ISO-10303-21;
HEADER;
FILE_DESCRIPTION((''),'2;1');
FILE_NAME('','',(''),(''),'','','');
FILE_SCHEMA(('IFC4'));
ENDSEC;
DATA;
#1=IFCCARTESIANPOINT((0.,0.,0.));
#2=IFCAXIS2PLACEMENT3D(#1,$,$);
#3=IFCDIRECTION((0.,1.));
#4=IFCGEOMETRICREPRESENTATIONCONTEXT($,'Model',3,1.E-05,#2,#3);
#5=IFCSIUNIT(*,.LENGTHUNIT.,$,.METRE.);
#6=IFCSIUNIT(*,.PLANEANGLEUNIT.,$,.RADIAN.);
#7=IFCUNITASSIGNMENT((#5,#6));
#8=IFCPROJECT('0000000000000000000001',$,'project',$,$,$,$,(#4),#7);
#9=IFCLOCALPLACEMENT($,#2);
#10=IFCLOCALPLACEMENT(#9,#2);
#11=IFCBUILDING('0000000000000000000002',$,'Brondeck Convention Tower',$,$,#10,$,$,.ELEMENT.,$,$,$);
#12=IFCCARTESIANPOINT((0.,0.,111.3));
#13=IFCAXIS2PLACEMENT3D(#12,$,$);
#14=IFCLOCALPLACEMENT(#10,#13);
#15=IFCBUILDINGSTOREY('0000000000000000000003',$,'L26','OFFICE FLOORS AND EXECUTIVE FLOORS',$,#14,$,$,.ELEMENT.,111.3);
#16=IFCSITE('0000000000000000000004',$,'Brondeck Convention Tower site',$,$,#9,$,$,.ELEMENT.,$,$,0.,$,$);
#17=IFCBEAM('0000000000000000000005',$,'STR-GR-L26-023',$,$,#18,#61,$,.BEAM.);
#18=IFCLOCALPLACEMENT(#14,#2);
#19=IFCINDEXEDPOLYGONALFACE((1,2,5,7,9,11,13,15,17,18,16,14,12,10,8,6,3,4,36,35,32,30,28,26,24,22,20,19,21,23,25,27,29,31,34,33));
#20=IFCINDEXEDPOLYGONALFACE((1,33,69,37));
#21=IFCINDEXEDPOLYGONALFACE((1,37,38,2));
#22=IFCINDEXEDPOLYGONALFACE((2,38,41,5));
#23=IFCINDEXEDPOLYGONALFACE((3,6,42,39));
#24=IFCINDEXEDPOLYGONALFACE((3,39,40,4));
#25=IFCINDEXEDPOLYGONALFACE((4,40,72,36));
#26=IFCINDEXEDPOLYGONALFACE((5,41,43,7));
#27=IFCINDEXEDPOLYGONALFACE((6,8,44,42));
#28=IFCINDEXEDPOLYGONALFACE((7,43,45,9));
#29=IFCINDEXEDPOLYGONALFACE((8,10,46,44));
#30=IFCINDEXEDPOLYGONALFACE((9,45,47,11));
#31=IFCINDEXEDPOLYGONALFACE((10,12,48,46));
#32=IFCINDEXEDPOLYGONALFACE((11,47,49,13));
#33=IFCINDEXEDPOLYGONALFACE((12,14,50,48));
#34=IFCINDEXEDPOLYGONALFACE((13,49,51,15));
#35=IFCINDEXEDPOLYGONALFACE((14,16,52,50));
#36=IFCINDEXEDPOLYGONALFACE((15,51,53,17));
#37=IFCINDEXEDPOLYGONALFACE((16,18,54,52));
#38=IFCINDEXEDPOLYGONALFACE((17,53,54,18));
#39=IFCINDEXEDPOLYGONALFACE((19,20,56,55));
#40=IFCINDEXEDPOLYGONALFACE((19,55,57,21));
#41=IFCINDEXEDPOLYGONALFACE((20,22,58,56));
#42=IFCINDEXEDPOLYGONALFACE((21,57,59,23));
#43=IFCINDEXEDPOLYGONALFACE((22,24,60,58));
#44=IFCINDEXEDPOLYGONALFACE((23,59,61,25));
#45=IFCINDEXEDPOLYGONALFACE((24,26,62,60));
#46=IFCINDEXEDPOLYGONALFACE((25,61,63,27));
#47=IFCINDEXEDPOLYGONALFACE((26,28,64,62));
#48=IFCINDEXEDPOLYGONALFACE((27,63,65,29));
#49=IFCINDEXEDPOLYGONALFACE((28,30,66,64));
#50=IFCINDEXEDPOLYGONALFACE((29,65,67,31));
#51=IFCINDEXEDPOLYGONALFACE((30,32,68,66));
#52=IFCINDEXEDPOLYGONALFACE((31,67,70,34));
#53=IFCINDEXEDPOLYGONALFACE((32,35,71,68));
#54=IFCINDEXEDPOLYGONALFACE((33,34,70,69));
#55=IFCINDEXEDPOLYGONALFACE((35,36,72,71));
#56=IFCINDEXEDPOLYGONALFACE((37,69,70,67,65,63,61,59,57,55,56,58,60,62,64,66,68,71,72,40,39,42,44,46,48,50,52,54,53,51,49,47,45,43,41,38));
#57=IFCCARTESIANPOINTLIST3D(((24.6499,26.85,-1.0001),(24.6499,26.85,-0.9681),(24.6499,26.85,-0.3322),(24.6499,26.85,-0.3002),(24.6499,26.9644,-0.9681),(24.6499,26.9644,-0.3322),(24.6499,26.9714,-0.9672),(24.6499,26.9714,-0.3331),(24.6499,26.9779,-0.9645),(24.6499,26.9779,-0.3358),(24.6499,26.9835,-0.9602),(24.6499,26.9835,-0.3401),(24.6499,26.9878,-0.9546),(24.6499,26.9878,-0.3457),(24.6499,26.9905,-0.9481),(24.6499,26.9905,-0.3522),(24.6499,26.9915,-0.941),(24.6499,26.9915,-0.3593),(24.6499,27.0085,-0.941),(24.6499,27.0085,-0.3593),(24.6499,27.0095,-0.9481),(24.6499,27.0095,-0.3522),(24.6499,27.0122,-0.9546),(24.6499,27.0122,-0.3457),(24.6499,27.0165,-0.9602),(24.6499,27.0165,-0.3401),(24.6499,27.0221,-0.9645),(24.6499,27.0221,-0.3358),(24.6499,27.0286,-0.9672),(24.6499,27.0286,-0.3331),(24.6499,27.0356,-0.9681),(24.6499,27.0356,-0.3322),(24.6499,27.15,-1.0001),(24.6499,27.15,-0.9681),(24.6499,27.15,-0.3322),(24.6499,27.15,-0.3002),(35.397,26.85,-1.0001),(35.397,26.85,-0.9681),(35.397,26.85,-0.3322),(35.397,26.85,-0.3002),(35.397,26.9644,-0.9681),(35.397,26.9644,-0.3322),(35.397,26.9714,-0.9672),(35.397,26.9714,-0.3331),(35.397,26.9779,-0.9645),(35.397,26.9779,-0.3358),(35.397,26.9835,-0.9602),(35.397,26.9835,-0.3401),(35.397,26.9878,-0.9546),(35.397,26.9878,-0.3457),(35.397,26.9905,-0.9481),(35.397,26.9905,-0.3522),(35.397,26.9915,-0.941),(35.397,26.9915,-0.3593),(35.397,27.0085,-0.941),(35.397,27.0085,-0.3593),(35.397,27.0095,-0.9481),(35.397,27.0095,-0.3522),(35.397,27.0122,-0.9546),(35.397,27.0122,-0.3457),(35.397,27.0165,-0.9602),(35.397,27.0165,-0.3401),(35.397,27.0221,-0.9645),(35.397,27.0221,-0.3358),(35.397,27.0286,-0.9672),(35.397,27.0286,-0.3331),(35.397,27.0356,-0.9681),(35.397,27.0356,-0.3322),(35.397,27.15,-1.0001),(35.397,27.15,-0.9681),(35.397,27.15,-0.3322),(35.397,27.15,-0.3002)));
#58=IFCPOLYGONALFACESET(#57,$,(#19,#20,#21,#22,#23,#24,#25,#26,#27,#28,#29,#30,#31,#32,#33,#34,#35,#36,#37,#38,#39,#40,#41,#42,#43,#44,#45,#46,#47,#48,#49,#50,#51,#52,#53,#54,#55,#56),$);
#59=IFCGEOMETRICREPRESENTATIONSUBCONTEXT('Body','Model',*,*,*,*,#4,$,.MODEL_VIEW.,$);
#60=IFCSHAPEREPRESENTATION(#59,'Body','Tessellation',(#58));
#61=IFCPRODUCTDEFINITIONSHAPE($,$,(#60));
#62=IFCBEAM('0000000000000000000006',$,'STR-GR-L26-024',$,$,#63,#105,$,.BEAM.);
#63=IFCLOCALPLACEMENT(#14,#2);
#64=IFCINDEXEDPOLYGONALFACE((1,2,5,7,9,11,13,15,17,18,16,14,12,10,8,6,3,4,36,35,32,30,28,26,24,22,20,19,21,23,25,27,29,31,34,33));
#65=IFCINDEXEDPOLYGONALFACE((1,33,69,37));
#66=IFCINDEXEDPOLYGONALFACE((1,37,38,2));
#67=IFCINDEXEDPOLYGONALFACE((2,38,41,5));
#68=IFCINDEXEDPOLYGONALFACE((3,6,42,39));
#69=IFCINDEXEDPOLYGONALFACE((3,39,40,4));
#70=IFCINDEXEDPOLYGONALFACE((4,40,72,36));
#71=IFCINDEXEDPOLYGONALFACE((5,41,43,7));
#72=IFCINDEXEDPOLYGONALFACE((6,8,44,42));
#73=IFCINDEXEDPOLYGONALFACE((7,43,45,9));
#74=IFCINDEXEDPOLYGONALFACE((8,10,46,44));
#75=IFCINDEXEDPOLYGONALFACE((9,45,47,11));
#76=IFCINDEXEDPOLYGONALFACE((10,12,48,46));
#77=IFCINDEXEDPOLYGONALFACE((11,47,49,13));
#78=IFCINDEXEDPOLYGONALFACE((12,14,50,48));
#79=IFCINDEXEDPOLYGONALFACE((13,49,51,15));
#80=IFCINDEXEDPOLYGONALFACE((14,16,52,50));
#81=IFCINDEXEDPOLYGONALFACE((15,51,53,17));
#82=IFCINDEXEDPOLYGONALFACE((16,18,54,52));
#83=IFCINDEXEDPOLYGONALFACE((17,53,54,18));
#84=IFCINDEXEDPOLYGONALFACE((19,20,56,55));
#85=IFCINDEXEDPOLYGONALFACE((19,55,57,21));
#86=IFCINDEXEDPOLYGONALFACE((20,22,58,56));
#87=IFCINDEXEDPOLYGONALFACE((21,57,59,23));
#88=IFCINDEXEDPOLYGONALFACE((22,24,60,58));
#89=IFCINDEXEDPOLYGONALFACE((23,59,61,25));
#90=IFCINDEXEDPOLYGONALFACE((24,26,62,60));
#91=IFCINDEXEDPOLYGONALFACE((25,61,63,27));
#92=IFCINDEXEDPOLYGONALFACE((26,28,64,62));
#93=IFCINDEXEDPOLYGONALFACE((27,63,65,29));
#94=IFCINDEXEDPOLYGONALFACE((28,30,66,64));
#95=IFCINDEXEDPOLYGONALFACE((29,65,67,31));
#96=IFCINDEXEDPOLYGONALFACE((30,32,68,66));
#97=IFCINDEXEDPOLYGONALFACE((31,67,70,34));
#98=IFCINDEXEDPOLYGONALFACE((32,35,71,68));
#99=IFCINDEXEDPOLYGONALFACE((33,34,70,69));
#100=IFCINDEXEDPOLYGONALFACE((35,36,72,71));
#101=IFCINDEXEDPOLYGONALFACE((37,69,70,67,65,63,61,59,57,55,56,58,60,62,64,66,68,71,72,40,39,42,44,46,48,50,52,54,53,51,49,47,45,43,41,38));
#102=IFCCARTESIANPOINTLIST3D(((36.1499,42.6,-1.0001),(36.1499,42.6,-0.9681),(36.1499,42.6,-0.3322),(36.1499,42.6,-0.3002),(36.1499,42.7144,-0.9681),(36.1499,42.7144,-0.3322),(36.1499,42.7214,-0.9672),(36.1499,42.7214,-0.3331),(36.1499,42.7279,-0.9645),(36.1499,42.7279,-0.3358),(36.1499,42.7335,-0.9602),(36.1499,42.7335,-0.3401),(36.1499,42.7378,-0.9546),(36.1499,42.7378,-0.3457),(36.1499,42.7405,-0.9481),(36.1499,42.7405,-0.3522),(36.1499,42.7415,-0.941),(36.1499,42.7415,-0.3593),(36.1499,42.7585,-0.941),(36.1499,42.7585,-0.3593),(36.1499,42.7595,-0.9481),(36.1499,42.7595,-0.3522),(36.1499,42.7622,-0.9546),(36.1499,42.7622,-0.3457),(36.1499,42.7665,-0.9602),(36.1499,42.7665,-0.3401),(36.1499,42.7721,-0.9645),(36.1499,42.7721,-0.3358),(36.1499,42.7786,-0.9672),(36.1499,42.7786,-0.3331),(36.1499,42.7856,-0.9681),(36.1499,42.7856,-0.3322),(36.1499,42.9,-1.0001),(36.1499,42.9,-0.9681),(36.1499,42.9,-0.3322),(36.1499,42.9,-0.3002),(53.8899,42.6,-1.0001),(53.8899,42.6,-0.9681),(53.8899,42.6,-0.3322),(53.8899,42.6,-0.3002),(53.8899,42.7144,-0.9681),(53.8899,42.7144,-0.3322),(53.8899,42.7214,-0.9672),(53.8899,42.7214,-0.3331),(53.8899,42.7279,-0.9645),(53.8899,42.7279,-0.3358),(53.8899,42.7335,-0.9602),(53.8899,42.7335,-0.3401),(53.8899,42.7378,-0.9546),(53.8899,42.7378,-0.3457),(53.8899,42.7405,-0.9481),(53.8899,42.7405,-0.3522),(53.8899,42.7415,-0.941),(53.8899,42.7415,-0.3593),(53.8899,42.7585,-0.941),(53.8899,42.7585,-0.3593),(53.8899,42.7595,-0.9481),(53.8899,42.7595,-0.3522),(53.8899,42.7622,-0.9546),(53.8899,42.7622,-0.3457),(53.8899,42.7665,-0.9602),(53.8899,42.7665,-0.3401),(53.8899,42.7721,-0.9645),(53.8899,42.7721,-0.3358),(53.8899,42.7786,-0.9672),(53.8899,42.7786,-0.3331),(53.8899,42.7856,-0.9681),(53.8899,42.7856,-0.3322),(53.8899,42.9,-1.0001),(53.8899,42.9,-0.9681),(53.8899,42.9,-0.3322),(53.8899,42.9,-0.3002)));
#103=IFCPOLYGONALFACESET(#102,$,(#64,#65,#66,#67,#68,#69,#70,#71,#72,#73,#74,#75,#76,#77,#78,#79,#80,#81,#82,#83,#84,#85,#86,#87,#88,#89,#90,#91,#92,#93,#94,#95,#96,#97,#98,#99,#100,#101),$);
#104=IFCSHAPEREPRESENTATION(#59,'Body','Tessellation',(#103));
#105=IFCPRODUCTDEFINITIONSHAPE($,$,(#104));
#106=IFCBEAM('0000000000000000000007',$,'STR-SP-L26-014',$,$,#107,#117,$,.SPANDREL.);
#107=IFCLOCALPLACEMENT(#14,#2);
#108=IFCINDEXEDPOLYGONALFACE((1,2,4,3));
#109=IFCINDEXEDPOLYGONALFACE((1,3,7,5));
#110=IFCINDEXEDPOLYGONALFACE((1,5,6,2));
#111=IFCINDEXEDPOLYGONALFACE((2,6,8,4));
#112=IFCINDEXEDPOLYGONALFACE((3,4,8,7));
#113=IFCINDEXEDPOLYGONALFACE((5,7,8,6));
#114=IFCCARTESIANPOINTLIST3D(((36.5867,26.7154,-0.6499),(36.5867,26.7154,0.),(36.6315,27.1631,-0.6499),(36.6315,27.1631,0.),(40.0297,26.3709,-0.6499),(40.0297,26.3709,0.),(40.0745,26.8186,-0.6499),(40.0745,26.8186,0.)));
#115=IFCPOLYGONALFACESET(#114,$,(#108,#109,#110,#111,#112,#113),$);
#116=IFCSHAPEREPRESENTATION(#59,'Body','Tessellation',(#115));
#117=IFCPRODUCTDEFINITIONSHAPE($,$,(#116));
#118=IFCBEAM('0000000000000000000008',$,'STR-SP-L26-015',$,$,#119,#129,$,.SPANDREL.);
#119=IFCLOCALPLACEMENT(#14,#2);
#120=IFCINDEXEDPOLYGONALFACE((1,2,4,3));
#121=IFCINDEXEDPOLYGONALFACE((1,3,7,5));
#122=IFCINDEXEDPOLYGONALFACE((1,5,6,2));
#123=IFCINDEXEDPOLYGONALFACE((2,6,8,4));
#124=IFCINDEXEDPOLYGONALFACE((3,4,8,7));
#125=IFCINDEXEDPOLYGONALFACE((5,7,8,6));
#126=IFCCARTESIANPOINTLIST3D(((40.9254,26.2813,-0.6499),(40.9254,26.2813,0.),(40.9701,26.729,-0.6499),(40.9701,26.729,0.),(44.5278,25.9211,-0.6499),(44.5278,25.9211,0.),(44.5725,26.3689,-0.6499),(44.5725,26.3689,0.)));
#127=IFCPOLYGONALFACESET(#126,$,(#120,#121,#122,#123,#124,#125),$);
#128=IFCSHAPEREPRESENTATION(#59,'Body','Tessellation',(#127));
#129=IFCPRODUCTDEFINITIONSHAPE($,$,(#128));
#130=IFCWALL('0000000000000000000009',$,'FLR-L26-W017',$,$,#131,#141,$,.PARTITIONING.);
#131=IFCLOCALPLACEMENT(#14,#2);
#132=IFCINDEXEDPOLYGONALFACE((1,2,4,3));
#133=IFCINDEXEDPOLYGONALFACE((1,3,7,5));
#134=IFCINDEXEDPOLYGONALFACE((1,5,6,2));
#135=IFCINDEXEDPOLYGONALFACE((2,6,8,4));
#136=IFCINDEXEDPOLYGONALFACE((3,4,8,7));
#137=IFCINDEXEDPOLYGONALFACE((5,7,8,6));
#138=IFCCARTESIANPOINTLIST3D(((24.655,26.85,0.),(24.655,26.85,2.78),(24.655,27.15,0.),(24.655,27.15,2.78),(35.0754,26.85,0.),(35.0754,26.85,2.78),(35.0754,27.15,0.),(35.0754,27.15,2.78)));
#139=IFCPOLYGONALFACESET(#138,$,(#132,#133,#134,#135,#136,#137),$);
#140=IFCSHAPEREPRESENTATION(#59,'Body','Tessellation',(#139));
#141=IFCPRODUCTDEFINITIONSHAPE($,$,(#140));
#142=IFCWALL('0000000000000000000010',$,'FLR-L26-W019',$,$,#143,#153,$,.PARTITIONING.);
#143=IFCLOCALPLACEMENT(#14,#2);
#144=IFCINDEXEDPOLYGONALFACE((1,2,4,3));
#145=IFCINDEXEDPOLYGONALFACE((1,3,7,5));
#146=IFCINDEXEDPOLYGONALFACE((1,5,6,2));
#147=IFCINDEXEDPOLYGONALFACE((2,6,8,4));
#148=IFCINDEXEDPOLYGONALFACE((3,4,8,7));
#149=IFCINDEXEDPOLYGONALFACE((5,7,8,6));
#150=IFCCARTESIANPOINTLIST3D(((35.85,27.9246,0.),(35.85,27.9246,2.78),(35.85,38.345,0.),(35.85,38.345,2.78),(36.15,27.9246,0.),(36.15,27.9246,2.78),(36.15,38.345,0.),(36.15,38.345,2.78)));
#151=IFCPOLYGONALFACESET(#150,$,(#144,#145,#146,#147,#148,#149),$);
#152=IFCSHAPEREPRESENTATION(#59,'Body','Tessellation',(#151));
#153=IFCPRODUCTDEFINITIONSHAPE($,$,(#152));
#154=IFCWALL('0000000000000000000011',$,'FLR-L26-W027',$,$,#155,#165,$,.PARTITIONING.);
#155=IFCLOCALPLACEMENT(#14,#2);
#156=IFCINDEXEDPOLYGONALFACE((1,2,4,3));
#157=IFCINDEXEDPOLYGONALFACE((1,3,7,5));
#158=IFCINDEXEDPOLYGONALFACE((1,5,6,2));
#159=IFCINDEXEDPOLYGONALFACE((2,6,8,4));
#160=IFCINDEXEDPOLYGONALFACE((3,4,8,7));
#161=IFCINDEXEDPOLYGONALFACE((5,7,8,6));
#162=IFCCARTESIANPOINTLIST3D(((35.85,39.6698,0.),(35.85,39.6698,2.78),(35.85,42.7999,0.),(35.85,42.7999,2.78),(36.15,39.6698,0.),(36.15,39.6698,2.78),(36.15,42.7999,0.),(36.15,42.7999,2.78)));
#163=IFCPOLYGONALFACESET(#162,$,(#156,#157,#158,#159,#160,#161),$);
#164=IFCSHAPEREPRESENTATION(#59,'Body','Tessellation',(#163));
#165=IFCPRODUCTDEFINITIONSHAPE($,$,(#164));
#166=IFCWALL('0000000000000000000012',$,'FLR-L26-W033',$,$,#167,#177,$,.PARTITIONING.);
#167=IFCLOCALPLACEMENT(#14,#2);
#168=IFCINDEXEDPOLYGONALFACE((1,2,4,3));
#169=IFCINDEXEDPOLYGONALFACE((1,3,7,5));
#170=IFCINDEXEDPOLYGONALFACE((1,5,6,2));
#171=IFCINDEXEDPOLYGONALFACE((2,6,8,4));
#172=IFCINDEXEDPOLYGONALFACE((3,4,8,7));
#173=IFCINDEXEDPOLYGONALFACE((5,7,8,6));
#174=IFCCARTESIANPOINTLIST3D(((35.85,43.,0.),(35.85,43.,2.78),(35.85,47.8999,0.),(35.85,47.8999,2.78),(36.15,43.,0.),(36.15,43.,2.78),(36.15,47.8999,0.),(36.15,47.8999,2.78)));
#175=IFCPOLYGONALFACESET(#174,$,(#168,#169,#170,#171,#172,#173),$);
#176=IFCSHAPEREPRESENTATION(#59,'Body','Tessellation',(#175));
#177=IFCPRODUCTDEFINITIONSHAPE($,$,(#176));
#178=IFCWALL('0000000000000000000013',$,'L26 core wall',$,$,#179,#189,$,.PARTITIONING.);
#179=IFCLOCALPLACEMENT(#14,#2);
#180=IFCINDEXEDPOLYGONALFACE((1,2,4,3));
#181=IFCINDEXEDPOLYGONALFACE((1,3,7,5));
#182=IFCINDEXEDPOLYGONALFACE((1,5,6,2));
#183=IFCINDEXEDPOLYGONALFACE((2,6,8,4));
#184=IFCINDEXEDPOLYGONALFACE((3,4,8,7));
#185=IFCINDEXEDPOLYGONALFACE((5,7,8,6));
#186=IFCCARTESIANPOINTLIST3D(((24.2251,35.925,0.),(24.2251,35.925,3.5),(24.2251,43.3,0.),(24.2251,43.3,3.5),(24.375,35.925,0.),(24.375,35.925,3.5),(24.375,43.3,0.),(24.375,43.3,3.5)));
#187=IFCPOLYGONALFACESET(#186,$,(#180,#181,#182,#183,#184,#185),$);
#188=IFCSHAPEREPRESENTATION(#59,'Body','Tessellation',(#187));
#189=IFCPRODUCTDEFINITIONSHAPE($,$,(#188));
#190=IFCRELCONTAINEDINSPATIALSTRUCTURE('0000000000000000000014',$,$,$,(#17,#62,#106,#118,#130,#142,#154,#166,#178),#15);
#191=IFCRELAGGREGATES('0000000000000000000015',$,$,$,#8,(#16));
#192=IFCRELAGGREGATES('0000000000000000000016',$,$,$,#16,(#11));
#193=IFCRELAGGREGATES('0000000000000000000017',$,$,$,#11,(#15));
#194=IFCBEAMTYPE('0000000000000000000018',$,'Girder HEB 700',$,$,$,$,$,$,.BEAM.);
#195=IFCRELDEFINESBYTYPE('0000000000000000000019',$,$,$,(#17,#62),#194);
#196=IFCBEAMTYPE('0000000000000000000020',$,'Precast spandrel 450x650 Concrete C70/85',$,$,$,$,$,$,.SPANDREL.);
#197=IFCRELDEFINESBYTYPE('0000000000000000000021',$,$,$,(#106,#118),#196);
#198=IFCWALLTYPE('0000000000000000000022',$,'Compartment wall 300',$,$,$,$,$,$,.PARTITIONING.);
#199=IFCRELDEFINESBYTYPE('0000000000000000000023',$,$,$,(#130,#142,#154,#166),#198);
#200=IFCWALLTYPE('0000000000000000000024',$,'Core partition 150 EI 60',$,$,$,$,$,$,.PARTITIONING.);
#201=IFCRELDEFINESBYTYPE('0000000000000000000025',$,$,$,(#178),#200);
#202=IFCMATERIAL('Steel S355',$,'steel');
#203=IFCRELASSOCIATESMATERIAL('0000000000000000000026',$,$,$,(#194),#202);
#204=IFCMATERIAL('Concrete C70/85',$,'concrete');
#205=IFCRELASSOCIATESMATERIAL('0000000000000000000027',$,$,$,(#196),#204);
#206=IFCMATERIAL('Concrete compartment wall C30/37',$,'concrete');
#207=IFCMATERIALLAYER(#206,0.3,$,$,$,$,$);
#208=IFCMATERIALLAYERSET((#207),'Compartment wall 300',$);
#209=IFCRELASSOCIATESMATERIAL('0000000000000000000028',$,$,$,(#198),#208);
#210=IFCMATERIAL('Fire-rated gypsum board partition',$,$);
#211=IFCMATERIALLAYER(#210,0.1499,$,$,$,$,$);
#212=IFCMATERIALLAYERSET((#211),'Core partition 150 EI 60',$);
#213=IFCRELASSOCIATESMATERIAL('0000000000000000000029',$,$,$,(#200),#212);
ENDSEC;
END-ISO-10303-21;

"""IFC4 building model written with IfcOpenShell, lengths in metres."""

from ifc_helpers import new_model, si_unit, direction, frame, frame_2d, origin, origin_2d, place, context, subcontext, project, spatial, rectangle, i_section, extrude, material, layer, layer_set, material_profile, profile_set, type_object, element, save


model = new_model("IFC4")

# Units and contexts
model_context = context("Model", 3, precision=1e-05, world=origin(), true_north=direction((0.0, 1.0)))
body_context = subcontext(model_context, "Body", "Model", "MODEL_VIEW")
ifc_project = project(units=[si_unit("LENGTHUNIT", "METRE"), si_unit("PLANEANGLEUNIT", "RADIAN")], contexts=[model_context])

# Site, building, storey
site_placement = place(None, origin())
site = spatial("IfcSite", under=ifc_project, at=site_placement, Name="Brondeck Convention Tower site", CompositionType="ELEMENT", RefElevation=0.0)
building_placement = place(site_placement, origin())
building = spatial("IfcBuilding", under=site, at=building_placement, Name="Brondeck Convention Tower", CompositionType="ELEMENT")
storey_placement = place(building_placement, frame((0.0, 0.0, 111.3)))
storey = spatial("IfcBuildingStorey", under=building, at=storey_placement, Name="L26", Description="OFFICE FLOORS AND EXECUTIVE FLOORS", CompositionType="ELEMENT", Elevation=111.3)

# Shared definitions
ifc_material_1 = material(Name="Concrete C70/85", Category="concrete")

# Beams
ifc_material_2 = material(Name="Steel S355", Category="steel")
ifc_material_profile_1 = material_profile(ifc_material_2, i_section(OverallWidth=0.3, OverallDepth=0.7, WebThickness=0.0171, FlangeThickness=0.032, FilletRadius=0.0271, at=origin_2d()), Name="HEB 700")
ifc_profile_set_1 = profile_set([ifc_material_profile_1], Name="Steel S355")
beam_type_1 = type_object("IfcBeamType", Name="Girder HEB 700", PredefinedType="BEAM", material=ifc_profile_set_1)
beam_1_placement = place(storey_placement, frame((24.6499, 27.0, -0.6501), z_axis=(1.0, 0.0, 0.0), x_axis=(0.0, 1.0, 0.0)))
element("IfcBeam", 1, at=beam_1_placement, inside=storey, type_object=beam_type_1, Name="STR-GR-L26-023", PredefinedType="BEAM", context=body_context, shape_type="SweptSolid", body=[
    extrude(i_section(OverallWidth=0.3, OverallDepth=0.7, WebThickness=0.0171, FlangeThickness=0.032, FilletRadius=0.0271, at=origin_2d()), origin(), (0.0, 0.0, 1.0), 10.7471),
])
beam_2_placement = place(storey_placement, frame((36.1499, 42.75, -0.6501), z_axis=(1.0, 0.0, 0.0), x_axis=(0.0, 1.0, 0.0)))
element("IfcBeam", 2, at=beam_2_placement, inside=storey, type_object=beam_type_1, Name="STR-GR-L26-024", PredefinedType="BEAM", context=body_context, shape_type="SweptSolid", body=[
    extrude(i_section(OverallWidth=0.3, OverallDepth=0.7, WebThickness=0.0171, FlangeThickness=0.032, FilletRadius=0.0271, at=origin_2d()), origin(), (0.0, 0.0, 1.0), 17.74),
])
ifc_material_profile_2 = material_profile(ifc_material_1, rectangle(XDim=0.45, YDim=0.6499, at=origin_2d()), Name="Precast spandrel 450x650 Concrete C70/85")
ifc_profile_set_2 = profile_set([ifc_material_profile_2], Name="Concrete C70/85")
beam_type_2 = type_object("IfcBeamType", Name="Precast spandrel 450x650 Concrete C70/85", PredefinedType="SPANDREL", material=ifc_profile_set_2)
beam_3_placement = place(storey_placement, frame((36.6091, 26.9392, -0.325), z_axis=(0.995032, -0.099553, 0.0), x_axis=(0.099553, 0.995032, 0.0)))
element("IfcBeam", 3, at=beam_3_placement, inside=storey, type_object=beam_type_2, Name="STR-SP-L26-014", PredefinedType="SPANDREL", context=body_context, shape_type="SweptSolid", body=[
    extrude(rectangle(XDim=0.45, YDim=0.6499, at=origin_2d()), origin(), (0.0, 0.0, 1.0), 3.4602),
])
beam_4_placement = place(storey_placement, frame((40.9478, 26.5051, -0.325), z_axis=(0.995041, -0.09947, 0.0), x_axis=(0.09947, 0.995041, 0.0)))
element("IfcBeam", 4, at=beam_4_placement, inside=storey, type_object=beam_type_2, Name="STR-SP-L26-015", PredefinedType="SPANDREL", context=body_context, shape_type="SweptSolid", body=[
    extrude(rectangle(XDim=0.45, YDim=0.6499, at=origin_2d()), origin(), (0.0, 0.0, 1.0), 3.6204),
])

# Walls
ifc_material_3 = material(Name="Concrete compartment wall C30/37", Category="concrete")
ifc_layer_1 = layer(ifc_material_3, 0.3)
ifc_layer_set_1 = layer_set([ifc_layer_1], Name="Compartment wall 300")
wall_type_1 = type_object("IfcWallType", Name="Compartment wall 300", PredefinedType="PARTITIONING", material=ifc_layer_set_1)
for number, where, z_axis, x_axis, name in (
    (5, (24.655, 27.0, 0.0), (0.0, 0.0, 1.0), (1.0, 0.0, 0.0), "FLR-L26-W017"),
    (6, (36.0, 27.9246, 0.0), (0.0, 0.0, 1.0), (0.0, 1.0, 0.0), "FLR-L26-W019"),
):
    element("IfcWall", number, at=place(storey_placement, frame(where, z_axis=z_axis, x_axis=x_axis)), inside=storey, type_object=wall_type_1, Name=name, PredefinedType="PARTITIONING", context=body_context, shape_type="SweptSolid", body=[
        extrude(rectangle(XDim=10.4204, YDim=0.3, at=frame_2d((5.2102, 0.0))), origin(), (0.0, 0.0, 1.0), 2.78),
    ])
wall_1_placement = place(storey_placement, frame((36.0, 39.6699, 0.0), z_axis=(0.0, 0.0, 1.0), x_axis=(0.0, 1.0, 0.0)))
element("IfcWall", 7, at=wall_1_placement, inside=storey, type_object=wall_type_1, Name="FLR-L26-W027", PredefinedType="PARTITIONING", context=body_context, shape_type="SweptSolid", body=[
    extrude(rectangle(XDim=3.1301, YDim=0.3, at=frame_2d((1.5649, 0.0))), origin(), (0.0, 0.0, 1.0), 2.78),
])
wall_2_placement = place(storey_placement, frame((36.0, 43.0, 0.0), z_axis=(0.0, 0.0, 1.0), x_axis=(0.0, 1.0, 0.0)))
element("IfcWall", 8, at=wall_2_placement, inside=storey, type_object=wall_type_1, Name="FLR-L26-W033", PredefinedType="PARTITIONING", context=body_context, shape_type="SweptSolid", body=[
    extrude(rectangle(XDim=4.8999, YDim=0.3, at=frame_2d((2.45, 0.0))), origin(), (0.0, 0.0, 1.0), 2.78),
])
ifc_material_4 = material(Name="Fire-rated gypsum board partition")
ifc_layer_2 = layer(ifc_material_4, 0.1499)
ifc_layer_set_2 = layer_set([ifc_layer_2], Name="Core partition 150 EI 60")
wall_type_2 = type_object("IfcWallType", Name="Core partition 150 EI 60", PredefinedType="PARTITIONING", material=ifc_layer_set_2)
wall_3_placement = place(storey_placement, frame((24.3, 35.925, 0.0), z_axis=(0.0, 0.0, 1.0), x_axis=(0.0, 1.0, 0.0)))
element("IfcWall", 9, at=wall_3_placement, inside=storey, type_object=wall_type_2, Name="L26 core wall", PredefinedType="PARTITIONING", context=body_context, shape_type="SweptSolid", body=[
    extrude(rectangle(XDim=7.375, YDim=0.1499, at=frame_2d((3.6875, 0.0))), origin(), (0.0, 0.0, 1.0), 3.5),
])

save(model, "model.ifc")
